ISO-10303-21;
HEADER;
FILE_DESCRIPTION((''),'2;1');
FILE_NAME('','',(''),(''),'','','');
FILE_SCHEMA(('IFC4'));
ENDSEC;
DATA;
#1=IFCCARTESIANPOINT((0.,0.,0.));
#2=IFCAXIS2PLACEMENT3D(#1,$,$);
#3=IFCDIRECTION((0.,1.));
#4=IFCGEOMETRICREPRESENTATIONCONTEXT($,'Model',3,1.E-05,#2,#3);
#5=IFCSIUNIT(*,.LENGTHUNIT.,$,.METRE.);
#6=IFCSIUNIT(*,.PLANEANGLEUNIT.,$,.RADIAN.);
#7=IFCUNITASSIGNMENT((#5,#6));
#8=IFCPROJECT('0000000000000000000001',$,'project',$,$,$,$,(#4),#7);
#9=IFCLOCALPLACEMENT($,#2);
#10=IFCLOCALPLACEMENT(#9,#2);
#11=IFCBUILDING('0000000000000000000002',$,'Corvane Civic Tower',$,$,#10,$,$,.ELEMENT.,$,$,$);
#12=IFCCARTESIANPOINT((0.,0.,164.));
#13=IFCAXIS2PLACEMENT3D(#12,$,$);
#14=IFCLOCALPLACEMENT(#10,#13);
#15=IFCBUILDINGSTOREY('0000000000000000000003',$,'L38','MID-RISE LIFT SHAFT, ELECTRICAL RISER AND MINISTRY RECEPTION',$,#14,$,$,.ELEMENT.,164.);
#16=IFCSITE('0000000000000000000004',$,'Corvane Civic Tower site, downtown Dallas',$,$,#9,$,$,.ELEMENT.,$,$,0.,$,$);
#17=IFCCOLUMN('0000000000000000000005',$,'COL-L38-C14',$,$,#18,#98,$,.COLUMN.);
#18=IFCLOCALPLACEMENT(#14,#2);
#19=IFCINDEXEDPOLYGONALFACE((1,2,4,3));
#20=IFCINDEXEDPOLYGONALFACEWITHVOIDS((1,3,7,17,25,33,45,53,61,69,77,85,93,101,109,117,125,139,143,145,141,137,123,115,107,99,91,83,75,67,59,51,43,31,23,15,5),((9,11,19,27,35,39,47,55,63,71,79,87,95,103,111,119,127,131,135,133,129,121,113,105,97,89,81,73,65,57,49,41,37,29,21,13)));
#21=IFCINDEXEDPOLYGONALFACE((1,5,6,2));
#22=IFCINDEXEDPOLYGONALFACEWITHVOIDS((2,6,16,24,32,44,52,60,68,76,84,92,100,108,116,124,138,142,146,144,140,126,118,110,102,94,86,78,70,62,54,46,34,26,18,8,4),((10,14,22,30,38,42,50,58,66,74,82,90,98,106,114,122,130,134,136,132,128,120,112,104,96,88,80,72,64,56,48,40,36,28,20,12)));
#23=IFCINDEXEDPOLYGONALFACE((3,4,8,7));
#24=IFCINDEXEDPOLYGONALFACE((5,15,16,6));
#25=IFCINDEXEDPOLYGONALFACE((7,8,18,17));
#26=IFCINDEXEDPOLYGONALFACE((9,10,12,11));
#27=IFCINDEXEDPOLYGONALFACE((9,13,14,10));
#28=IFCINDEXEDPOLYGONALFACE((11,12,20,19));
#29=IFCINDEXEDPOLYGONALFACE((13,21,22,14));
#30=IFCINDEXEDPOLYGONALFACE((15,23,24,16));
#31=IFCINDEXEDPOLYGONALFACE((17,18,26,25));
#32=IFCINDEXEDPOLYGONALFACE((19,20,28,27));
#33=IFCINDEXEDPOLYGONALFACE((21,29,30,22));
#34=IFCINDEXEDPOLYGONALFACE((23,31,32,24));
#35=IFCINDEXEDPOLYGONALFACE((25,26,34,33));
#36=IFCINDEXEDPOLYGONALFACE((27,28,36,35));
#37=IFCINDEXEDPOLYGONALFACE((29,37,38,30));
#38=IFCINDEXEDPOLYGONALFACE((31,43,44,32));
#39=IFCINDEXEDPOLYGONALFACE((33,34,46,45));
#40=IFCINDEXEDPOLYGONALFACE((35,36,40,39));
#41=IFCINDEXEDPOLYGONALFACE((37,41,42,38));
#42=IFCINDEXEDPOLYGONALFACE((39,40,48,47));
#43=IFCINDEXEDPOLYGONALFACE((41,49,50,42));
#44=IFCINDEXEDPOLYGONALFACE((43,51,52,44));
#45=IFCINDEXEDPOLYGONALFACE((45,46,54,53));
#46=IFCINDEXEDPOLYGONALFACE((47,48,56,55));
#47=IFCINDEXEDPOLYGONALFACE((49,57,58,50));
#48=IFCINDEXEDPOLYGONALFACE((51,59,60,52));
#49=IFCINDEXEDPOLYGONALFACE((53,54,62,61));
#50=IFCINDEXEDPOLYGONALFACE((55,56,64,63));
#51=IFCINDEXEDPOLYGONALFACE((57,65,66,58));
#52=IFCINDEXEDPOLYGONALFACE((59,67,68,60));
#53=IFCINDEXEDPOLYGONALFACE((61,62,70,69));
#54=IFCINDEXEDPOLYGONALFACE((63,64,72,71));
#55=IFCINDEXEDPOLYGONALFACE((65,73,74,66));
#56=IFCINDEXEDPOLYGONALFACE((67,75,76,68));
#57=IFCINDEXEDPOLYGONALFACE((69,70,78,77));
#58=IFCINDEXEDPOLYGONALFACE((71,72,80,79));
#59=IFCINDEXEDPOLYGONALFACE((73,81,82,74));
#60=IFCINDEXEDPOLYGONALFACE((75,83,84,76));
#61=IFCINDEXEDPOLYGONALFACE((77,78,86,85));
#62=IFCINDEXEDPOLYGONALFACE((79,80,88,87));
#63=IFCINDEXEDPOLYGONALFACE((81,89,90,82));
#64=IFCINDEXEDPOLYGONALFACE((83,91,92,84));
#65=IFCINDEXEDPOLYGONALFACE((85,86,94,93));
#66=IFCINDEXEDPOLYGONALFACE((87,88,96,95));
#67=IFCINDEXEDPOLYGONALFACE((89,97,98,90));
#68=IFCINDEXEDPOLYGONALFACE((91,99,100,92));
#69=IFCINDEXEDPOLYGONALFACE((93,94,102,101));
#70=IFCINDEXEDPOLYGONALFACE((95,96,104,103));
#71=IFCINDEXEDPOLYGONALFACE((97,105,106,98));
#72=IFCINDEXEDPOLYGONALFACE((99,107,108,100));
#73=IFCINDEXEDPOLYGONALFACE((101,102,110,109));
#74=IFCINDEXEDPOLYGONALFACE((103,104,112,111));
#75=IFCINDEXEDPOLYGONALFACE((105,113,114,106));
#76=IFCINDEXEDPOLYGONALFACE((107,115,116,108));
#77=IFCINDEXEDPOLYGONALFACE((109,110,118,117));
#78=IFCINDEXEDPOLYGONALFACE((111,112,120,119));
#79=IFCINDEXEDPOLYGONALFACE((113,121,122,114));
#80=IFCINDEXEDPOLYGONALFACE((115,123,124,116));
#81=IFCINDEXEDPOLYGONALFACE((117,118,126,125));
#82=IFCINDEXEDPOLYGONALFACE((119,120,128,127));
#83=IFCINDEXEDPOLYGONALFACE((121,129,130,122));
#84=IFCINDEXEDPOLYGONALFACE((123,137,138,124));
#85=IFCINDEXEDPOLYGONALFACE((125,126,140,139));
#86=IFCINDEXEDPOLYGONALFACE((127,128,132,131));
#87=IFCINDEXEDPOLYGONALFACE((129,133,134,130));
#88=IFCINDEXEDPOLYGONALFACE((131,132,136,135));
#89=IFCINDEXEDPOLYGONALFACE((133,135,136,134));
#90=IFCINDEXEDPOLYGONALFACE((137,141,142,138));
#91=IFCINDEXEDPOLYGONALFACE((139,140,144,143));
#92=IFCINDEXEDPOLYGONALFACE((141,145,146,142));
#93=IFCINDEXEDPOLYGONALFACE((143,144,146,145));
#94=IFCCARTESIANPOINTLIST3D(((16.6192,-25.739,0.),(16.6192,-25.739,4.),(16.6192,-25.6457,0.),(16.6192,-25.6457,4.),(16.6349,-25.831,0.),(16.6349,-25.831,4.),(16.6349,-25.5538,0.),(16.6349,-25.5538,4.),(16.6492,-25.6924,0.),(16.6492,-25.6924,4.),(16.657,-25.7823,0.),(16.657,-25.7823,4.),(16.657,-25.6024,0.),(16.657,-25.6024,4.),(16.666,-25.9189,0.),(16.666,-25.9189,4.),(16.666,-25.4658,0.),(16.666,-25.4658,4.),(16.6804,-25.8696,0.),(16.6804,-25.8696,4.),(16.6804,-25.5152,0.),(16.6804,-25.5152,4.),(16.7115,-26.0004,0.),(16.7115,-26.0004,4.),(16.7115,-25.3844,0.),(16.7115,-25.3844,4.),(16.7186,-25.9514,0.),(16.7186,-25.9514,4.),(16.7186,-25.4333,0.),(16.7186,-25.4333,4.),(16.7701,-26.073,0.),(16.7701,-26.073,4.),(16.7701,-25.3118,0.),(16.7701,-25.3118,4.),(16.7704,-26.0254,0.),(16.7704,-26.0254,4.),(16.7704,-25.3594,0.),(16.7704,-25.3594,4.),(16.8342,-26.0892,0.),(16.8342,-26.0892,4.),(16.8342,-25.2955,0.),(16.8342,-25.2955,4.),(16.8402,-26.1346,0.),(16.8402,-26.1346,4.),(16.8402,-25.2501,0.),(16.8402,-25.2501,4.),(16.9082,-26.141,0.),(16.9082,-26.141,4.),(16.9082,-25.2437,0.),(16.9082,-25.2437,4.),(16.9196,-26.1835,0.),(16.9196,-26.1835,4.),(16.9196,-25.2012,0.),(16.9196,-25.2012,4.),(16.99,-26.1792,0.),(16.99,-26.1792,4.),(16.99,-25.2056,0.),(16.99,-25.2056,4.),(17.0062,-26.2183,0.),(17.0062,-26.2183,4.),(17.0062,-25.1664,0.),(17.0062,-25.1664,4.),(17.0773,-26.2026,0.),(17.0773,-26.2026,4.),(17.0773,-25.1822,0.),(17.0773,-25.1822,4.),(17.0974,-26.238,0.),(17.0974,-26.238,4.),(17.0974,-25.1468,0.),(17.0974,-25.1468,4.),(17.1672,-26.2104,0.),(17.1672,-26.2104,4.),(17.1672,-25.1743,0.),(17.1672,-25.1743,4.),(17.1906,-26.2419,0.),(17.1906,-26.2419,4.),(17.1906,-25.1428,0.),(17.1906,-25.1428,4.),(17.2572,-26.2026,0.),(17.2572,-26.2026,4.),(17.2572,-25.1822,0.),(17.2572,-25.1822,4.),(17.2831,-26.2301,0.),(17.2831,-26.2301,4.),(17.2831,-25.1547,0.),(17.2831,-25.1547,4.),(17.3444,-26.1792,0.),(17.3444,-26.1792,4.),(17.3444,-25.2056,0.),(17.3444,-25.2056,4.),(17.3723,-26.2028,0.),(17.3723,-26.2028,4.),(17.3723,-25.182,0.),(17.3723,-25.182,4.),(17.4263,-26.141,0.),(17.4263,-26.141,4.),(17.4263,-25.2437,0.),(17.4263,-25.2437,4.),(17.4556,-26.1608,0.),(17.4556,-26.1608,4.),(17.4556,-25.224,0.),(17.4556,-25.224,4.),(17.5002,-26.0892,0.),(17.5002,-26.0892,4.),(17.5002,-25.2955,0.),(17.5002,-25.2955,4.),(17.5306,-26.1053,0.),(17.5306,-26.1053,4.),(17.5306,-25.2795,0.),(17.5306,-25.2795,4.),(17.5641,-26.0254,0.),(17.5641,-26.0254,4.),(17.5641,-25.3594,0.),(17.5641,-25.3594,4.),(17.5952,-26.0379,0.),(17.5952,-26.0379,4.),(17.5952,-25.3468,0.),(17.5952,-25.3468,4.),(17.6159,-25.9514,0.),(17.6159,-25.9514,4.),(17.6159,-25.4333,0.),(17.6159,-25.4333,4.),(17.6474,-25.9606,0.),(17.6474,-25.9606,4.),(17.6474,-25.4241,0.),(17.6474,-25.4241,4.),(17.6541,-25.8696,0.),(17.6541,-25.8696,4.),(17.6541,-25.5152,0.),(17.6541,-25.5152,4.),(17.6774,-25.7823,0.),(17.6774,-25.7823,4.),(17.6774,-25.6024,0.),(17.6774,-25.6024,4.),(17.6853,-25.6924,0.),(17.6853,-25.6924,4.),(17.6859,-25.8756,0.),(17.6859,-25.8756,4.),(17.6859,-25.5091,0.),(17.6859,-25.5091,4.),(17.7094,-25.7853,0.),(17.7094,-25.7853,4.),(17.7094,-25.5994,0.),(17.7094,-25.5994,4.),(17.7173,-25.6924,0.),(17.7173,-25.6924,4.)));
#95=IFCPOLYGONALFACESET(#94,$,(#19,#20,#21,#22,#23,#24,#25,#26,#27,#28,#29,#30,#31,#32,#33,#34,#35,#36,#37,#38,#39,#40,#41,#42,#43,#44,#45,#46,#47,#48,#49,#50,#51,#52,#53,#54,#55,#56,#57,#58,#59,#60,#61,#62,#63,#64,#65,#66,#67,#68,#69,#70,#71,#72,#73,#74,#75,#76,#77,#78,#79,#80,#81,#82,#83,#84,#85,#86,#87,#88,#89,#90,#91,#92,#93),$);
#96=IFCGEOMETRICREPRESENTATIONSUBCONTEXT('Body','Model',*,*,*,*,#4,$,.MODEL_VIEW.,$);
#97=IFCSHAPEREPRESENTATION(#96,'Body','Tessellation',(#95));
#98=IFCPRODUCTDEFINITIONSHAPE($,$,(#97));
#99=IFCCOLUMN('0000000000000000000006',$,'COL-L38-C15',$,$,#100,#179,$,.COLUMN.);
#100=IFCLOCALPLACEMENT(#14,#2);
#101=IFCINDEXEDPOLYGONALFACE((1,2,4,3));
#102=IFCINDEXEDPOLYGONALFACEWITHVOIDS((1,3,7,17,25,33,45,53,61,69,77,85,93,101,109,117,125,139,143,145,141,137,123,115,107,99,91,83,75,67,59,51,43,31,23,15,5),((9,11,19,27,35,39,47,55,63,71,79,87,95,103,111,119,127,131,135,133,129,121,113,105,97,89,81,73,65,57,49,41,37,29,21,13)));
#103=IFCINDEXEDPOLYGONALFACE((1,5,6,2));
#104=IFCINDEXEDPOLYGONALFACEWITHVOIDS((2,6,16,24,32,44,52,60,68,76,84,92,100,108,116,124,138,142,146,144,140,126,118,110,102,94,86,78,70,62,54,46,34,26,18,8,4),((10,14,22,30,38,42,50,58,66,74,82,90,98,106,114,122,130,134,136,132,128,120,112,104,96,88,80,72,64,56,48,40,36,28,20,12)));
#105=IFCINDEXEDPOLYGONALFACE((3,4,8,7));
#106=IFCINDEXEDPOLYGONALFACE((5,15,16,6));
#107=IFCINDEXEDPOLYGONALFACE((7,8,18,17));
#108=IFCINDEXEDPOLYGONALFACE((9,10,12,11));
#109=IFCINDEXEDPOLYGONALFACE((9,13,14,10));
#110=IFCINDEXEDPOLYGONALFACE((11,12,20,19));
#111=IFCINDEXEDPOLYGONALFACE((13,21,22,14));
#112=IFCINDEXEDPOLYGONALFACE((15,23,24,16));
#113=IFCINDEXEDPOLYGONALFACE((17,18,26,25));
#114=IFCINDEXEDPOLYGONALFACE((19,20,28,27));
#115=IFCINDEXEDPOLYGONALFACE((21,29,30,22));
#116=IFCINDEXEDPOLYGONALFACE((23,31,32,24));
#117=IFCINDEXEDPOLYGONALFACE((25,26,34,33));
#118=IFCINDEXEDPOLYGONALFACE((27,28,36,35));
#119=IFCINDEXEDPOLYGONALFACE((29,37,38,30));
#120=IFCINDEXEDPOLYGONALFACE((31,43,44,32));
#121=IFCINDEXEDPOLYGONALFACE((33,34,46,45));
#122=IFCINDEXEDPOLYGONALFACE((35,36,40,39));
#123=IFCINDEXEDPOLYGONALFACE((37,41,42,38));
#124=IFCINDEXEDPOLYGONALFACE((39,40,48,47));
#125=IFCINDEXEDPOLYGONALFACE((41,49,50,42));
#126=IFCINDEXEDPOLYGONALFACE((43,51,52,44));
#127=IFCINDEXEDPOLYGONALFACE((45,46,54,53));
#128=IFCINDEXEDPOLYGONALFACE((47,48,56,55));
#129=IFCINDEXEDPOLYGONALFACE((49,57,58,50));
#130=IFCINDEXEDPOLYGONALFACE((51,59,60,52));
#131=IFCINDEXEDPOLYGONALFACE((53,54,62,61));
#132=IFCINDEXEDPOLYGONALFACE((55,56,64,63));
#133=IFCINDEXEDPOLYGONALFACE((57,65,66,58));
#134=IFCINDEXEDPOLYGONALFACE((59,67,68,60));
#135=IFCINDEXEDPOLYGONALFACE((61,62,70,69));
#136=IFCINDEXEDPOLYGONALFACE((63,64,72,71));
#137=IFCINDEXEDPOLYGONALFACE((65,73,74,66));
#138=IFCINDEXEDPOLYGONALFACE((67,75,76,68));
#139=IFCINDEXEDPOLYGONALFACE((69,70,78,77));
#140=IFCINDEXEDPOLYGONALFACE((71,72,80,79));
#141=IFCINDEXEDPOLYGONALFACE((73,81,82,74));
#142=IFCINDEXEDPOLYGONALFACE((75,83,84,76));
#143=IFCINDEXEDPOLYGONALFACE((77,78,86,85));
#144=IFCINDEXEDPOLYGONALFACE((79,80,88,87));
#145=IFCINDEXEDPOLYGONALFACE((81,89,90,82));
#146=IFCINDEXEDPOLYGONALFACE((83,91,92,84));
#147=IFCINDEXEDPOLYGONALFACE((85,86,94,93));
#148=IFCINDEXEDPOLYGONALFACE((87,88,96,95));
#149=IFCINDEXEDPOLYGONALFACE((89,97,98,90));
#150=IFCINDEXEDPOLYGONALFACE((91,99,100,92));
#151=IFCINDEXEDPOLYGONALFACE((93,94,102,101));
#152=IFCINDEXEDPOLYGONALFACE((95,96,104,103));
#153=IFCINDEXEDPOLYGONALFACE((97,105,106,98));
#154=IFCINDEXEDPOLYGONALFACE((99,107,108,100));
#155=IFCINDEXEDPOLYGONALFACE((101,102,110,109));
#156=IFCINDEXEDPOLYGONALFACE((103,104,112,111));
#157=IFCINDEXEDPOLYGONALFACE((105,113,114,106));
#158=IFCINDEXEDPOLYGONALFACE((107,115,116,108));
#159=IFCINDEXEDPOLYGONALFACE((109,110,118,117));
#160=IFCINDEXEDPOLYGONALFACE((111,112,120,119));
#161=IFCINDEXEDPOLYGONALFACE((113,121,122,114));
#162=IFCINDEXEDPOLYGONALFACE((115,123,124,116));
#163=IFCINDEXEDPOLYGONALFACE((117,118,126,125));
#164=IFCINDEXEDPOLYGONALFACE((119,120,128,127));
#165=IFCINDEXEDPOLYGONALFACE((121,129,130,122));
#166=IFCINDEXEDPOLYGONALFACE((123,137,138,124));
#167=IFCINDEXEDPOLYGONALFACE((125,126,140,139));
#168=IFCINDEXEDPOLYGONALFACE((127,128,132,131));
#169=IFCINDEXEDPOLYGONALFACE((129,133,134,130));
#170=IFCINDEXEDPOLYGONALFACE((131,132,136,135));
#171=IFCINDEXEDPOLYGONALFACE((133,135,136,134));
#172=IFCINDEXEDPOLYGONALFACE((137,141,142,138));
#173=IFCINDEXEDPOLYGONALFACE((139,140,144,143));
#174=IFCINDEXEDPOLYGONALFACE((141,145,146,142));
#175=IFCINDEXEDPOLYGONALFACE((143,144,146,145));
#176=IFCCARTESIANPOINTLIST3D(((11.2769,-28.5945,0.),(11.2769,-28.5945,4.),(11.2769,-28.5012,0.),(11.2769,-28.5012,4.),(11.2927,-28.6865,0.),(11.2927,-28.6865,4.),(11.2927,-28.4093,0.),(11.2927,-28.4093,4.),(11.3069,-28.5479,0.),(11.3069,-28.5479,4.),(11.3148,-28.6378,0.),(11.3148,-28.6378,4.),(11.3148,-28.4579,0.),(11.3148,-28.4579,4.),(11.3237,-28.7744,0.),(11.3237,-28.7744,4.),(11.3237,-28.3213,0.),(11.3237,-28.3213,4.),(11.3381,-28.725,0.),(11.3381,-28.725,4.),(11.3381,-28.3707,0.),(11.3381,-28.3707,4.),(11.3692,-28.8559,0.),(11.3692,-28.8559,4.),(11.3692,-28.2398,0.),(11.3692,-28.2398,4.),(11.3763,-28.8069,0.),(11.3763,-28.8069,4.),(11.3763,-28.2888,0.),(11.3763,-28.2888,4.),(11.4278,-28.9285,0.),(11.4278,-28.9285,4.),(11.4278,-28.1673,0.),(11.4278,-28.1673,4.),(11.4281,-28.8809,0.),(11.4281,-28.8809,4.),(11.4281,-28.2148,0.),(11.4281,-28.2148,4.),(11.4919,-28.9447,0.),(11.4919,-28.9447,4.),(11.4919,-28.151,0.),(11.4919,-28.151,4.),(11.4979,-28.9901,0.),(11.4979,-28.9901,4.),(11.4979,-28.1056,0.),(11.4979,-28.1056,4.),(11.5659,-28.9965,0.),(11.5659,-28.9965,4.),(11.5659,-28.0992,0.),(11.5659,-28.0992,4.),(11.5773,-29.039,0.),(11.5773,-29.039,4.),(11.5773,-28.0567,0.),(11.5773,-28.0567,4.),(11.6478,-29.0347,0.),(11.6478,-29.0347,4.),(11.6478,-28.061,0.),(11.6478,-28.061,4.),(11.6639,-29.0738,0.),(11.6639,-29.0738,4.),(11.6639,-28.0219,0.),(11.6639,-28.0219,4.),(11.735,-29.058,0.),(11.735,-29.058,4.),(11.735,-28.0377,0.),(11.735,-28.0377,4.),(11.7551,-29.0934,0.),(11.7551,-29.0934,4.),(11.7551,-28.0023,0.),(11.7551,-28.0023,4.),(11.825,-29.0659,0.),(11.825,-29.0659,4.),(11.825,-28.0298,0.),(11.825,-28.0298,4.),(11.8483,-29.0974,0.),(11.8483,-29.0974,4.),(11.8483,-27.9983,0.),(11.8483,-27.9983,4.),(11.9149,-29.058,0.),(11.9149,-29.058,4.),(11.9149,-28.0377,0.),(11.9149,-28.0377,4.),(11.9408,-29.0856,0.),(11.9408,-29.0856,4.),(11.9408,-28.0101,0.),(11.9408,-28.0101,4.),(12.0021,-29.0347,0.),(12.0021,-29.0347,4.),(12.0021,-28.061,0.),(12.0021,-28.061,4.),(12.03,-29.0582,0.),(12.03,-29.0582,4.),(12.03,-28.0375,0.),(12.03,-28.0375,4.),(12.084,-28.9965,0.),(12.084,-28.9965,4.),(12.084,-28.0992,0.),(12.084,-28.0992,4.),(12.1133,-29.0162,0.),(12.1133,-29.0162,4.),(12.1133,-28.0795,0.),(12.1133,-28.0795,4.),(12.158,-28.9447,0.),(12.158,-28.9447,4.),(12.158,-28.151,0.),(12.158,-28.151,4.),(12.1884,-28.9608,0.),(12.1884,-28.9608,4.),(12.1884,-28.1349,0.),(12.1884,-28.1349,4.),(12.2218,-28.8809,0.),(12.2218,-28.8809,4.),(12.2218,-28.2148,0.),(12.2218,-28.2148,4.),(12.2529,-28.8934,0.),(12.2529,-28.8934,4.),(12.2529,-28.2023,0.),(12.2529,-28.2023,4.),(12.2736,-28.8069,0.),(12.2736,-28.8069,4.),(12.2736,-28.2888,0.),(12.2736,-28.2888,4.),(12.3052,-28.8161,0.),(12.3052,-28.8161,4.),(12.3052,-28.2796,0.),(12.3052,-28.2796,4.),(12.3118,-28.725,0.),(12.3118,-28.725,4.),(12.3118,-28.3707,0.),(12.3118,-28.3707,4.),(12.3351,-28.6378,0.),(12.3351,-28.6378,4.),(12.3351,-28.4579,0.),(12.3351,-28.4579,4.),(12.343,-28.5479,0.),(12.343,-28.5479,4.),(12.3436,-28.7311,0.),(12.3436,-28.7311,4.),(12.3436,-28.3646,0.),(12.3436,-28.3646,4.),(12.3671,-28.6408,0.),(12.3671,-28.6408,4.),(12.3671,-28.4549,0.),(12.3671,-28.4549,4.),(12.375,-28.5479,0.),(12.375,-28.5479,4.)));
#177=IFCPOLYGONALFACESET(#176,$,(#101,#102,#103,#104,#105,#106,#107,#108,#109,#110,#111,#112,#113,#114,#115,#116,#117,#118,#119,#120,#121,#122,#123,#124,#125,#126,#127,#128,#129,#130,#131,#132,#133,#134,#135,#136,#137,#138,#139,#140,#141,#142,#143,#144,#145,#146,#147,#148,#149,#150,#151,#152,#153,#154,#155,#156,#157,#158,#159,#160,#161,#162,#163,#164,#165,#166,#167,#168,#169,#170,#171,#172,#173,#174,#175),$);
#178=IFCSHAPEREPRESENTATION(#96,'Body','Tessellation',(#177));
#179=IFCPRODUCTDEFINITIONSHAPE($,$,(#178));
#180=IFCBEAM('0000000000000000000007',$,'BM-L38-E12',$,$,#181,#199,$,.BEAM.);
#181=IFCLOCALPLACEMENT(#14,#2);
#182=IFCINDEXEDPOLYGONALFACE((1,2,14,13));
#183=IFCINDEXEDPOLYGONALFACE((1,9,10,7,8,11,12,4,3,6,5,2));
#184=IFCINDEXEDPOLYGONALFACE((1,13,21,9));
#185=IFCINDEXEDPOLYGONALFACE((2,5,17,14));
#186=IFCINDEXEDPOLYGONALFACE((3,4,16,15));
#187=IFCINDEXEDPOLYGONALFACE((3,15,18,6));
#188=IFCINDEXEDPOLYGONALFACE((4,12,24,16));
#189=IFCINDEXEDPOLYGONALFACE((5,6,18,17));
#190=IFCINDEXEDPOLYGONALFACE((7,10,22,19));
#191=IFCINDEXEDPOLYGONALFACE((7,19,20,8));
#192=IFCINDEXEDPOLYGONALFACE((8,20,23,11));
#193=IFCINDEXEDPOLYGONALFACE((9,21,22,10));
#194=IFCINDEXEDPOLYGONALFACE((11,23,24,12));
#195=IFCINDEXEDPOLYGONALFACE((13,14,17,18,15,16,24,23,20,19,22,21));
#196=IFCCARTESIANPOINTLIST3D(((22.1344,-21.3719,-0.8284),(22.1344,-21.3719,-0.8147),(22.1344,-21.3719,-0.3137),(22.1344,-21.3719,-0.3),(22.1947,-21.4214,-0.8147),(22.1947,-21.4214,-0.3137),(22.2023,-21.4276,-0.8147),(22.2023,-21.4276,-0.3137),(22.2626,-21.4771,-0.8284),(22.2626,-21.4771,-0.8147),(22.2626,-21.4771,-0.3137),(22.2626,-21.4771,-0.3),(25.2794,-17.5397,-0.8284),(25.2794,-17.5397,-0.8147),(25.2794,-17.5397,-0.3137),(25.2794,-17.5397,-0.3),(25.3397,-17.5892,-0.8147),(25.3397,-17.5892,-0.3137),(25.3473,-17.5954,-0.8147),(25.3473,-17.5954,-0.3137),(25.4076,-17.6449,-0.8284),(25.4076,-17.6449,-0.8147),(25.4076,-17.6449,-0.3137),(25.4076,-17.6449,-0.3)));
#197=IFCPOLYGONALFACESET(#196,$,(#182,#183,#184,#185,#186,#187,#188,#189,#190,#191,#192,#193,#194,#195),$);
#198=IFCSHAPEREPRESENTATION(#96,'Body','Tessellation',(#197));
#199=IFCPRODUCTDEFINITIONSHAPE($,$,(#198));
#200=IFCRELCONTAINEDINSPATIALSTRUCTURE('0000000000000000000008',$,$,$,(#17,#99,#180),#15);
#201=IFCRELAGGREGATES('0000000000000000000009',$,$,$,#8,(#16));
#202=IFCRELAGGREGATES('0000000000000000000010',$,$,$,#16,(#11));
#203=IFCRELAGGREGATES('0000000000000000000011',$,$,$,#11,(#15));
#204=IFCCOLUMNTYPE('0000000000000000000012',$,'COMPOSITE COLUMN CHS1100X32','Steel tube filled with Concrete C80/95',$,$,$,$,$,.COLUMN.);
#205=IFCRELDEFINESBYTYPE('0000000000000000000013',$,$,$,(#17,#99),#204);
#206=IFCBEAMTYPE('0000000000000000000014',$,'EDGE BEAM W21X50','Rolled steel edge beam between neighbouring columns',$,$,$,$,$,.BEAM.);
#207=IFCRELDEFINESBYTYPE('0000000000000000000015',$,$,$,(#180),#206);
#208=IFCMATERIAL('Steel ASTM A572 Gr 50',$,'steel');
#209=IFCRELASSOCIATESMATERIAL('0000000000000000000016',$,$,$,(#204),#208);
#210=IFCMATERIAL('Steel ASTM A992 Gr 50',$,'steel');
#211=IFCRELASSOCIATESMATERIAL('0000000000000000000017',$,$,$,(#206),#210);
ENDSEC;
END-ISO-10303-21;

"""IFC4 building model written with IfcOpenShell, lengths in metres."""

from ifc_helpers import new_model, si_unit, direction, frame, origin, origin_2d, place, context, subcontext, project, spatial, hollow_circle, i_section, extrude, material, material_profile, profile_set, type_object, element, save


model = new_model("IFC4")

# Units and contexts
model_context = context("Model", 3, precision=1e-05, world=origin(), true_north=direction((0.0, 1.0)))
body_context = subcontext(model_context, "Body", "Model", "MODEL_VIEW")
ifc_project = project(units=[si_unit("LENGTHUNIT", "METRE"), si_unit("PLANEANGLEUNIT", "RADIAN")], contexts=[model_context])

# Site, building, storey
site_placement = place(None, origin())
site = spatial("IfcSite", under=ifc_project, at=site_placement, Name="Corvane Civic Tower site, downtown Dallas", CompositionType="ELEMENT", RefElevation=0.0)
building_placement = place(site_placement, origin())
building = spatial("IfcBuilding", under=site, at=building_placement, Name="Corvane Civic Tower", CompositionType="ELEMENT")
storey_placement = place(building_placement, frame((0.0, 0.0, 164.0)))
storey = spatial("IfcBuildingStorey", under=building, at=storey_placement, Name="L38", Description="MID-RISE LIFT SHAFT, ELECTRICAL RISER AND MINISTRY RECEPTION", CompositionType="ELEMENT", Elevation=164.0)

# Columns
ifc_material_1 = material(Name="Steel ASTM A572 Gr 50", Category="steel")
ifc_material_profile_1 = material_profile(ifc_material_1, hollow_circle(Radius=0.55, WallThickness=0.032, at=origin_2d()), Name="CHS1100X32")
ifc_profile_set_1 = profile_set([ifc_material_profile_1], Name="Steel ASTM A572 Gr 50")
column_type = type_object("IfcColumnType", Name="COMPOSITE COLUMN CHS1100X32", Description="Steel tube filled with Concrete C80/95", PredefinedType="COLUMN", material=ifc_profile_set_1)
for number, where, z_axis, x_axis, name in (
    (1, (17.1672, -25.6924, 0.0), (0.0, 0.0, 1.0), (1.0, 0.0, 0.0), "COL-L38-C14"),
    (2, (11.825, -28.5479, 0.0), (0.0, 0.0, 1.0), (1.0, 0.0, 0.0), "COL-L38-C15"),
):
    element("IfcColumn", number, at=place(storey_placement, frame(where, z_axis=z_axis, x_axis=x_axis)), inside=storey, type_object=column_type, Name=name, PredefinedType="COLUMN", context=body_context, shape_type="SweptSolid", body=[
        extrude(hollow_circle(Radius=0.55, WallThickness=0.032, at=origin_2d()), origin(), (0.0, 0.0, 1.0), 4.0),
    ])

# Beam
ifc_material_2 = material(Name="Steel ASTM A992 Gr 50", Category="steel")
ifc_material_profile_2 = material_profile(ifc_material_2, i_section(OverallWidth=0.1658, OverallDepth=0.5283, WebThickness=0.0098, FlangeThickness=0.0137, at=origin_2d()), Name="W21X50")
ifc_profile_set_2 = profile_set([ifc_material_profile_2], Name="Steel ASTM A992 Gr 50")
beam_type_1 = type_object("IfcBeamType", Name="EDGE BEAM W21X50", Description="Rolled steel edge beam between neighbouring columns", PredefinedType="BEAM", material=ifc_profile_set_2)
for number, where, z_axis, x_axis, name in (
    (3, (25.3435, -17.5923, -0.5642), (-0.634388, -0.773015, 0.0), (0.773015, -0.634388, 0.0), "BM-L38-E12"),
):
    element("IfcBeam", number, at=place(storey_placement, frame(where, z_axis=z_axis, x_axis=x_axis)), inside=storey, type_object=beam_type_1, Name=name, PredefinedType="BEAM", context=body_context, shape_type="SweptSolid", body=[
        extrude(i_section(OverallWidth=0.1658, OverallDepth=0.5283, WebThickness=0.0098, FlangeThickness=0.0137, at=origin_2d()), origin(), (0.0, 0.0, 1.0), 4.9575),
    ])

save(model, "model.ifc")
